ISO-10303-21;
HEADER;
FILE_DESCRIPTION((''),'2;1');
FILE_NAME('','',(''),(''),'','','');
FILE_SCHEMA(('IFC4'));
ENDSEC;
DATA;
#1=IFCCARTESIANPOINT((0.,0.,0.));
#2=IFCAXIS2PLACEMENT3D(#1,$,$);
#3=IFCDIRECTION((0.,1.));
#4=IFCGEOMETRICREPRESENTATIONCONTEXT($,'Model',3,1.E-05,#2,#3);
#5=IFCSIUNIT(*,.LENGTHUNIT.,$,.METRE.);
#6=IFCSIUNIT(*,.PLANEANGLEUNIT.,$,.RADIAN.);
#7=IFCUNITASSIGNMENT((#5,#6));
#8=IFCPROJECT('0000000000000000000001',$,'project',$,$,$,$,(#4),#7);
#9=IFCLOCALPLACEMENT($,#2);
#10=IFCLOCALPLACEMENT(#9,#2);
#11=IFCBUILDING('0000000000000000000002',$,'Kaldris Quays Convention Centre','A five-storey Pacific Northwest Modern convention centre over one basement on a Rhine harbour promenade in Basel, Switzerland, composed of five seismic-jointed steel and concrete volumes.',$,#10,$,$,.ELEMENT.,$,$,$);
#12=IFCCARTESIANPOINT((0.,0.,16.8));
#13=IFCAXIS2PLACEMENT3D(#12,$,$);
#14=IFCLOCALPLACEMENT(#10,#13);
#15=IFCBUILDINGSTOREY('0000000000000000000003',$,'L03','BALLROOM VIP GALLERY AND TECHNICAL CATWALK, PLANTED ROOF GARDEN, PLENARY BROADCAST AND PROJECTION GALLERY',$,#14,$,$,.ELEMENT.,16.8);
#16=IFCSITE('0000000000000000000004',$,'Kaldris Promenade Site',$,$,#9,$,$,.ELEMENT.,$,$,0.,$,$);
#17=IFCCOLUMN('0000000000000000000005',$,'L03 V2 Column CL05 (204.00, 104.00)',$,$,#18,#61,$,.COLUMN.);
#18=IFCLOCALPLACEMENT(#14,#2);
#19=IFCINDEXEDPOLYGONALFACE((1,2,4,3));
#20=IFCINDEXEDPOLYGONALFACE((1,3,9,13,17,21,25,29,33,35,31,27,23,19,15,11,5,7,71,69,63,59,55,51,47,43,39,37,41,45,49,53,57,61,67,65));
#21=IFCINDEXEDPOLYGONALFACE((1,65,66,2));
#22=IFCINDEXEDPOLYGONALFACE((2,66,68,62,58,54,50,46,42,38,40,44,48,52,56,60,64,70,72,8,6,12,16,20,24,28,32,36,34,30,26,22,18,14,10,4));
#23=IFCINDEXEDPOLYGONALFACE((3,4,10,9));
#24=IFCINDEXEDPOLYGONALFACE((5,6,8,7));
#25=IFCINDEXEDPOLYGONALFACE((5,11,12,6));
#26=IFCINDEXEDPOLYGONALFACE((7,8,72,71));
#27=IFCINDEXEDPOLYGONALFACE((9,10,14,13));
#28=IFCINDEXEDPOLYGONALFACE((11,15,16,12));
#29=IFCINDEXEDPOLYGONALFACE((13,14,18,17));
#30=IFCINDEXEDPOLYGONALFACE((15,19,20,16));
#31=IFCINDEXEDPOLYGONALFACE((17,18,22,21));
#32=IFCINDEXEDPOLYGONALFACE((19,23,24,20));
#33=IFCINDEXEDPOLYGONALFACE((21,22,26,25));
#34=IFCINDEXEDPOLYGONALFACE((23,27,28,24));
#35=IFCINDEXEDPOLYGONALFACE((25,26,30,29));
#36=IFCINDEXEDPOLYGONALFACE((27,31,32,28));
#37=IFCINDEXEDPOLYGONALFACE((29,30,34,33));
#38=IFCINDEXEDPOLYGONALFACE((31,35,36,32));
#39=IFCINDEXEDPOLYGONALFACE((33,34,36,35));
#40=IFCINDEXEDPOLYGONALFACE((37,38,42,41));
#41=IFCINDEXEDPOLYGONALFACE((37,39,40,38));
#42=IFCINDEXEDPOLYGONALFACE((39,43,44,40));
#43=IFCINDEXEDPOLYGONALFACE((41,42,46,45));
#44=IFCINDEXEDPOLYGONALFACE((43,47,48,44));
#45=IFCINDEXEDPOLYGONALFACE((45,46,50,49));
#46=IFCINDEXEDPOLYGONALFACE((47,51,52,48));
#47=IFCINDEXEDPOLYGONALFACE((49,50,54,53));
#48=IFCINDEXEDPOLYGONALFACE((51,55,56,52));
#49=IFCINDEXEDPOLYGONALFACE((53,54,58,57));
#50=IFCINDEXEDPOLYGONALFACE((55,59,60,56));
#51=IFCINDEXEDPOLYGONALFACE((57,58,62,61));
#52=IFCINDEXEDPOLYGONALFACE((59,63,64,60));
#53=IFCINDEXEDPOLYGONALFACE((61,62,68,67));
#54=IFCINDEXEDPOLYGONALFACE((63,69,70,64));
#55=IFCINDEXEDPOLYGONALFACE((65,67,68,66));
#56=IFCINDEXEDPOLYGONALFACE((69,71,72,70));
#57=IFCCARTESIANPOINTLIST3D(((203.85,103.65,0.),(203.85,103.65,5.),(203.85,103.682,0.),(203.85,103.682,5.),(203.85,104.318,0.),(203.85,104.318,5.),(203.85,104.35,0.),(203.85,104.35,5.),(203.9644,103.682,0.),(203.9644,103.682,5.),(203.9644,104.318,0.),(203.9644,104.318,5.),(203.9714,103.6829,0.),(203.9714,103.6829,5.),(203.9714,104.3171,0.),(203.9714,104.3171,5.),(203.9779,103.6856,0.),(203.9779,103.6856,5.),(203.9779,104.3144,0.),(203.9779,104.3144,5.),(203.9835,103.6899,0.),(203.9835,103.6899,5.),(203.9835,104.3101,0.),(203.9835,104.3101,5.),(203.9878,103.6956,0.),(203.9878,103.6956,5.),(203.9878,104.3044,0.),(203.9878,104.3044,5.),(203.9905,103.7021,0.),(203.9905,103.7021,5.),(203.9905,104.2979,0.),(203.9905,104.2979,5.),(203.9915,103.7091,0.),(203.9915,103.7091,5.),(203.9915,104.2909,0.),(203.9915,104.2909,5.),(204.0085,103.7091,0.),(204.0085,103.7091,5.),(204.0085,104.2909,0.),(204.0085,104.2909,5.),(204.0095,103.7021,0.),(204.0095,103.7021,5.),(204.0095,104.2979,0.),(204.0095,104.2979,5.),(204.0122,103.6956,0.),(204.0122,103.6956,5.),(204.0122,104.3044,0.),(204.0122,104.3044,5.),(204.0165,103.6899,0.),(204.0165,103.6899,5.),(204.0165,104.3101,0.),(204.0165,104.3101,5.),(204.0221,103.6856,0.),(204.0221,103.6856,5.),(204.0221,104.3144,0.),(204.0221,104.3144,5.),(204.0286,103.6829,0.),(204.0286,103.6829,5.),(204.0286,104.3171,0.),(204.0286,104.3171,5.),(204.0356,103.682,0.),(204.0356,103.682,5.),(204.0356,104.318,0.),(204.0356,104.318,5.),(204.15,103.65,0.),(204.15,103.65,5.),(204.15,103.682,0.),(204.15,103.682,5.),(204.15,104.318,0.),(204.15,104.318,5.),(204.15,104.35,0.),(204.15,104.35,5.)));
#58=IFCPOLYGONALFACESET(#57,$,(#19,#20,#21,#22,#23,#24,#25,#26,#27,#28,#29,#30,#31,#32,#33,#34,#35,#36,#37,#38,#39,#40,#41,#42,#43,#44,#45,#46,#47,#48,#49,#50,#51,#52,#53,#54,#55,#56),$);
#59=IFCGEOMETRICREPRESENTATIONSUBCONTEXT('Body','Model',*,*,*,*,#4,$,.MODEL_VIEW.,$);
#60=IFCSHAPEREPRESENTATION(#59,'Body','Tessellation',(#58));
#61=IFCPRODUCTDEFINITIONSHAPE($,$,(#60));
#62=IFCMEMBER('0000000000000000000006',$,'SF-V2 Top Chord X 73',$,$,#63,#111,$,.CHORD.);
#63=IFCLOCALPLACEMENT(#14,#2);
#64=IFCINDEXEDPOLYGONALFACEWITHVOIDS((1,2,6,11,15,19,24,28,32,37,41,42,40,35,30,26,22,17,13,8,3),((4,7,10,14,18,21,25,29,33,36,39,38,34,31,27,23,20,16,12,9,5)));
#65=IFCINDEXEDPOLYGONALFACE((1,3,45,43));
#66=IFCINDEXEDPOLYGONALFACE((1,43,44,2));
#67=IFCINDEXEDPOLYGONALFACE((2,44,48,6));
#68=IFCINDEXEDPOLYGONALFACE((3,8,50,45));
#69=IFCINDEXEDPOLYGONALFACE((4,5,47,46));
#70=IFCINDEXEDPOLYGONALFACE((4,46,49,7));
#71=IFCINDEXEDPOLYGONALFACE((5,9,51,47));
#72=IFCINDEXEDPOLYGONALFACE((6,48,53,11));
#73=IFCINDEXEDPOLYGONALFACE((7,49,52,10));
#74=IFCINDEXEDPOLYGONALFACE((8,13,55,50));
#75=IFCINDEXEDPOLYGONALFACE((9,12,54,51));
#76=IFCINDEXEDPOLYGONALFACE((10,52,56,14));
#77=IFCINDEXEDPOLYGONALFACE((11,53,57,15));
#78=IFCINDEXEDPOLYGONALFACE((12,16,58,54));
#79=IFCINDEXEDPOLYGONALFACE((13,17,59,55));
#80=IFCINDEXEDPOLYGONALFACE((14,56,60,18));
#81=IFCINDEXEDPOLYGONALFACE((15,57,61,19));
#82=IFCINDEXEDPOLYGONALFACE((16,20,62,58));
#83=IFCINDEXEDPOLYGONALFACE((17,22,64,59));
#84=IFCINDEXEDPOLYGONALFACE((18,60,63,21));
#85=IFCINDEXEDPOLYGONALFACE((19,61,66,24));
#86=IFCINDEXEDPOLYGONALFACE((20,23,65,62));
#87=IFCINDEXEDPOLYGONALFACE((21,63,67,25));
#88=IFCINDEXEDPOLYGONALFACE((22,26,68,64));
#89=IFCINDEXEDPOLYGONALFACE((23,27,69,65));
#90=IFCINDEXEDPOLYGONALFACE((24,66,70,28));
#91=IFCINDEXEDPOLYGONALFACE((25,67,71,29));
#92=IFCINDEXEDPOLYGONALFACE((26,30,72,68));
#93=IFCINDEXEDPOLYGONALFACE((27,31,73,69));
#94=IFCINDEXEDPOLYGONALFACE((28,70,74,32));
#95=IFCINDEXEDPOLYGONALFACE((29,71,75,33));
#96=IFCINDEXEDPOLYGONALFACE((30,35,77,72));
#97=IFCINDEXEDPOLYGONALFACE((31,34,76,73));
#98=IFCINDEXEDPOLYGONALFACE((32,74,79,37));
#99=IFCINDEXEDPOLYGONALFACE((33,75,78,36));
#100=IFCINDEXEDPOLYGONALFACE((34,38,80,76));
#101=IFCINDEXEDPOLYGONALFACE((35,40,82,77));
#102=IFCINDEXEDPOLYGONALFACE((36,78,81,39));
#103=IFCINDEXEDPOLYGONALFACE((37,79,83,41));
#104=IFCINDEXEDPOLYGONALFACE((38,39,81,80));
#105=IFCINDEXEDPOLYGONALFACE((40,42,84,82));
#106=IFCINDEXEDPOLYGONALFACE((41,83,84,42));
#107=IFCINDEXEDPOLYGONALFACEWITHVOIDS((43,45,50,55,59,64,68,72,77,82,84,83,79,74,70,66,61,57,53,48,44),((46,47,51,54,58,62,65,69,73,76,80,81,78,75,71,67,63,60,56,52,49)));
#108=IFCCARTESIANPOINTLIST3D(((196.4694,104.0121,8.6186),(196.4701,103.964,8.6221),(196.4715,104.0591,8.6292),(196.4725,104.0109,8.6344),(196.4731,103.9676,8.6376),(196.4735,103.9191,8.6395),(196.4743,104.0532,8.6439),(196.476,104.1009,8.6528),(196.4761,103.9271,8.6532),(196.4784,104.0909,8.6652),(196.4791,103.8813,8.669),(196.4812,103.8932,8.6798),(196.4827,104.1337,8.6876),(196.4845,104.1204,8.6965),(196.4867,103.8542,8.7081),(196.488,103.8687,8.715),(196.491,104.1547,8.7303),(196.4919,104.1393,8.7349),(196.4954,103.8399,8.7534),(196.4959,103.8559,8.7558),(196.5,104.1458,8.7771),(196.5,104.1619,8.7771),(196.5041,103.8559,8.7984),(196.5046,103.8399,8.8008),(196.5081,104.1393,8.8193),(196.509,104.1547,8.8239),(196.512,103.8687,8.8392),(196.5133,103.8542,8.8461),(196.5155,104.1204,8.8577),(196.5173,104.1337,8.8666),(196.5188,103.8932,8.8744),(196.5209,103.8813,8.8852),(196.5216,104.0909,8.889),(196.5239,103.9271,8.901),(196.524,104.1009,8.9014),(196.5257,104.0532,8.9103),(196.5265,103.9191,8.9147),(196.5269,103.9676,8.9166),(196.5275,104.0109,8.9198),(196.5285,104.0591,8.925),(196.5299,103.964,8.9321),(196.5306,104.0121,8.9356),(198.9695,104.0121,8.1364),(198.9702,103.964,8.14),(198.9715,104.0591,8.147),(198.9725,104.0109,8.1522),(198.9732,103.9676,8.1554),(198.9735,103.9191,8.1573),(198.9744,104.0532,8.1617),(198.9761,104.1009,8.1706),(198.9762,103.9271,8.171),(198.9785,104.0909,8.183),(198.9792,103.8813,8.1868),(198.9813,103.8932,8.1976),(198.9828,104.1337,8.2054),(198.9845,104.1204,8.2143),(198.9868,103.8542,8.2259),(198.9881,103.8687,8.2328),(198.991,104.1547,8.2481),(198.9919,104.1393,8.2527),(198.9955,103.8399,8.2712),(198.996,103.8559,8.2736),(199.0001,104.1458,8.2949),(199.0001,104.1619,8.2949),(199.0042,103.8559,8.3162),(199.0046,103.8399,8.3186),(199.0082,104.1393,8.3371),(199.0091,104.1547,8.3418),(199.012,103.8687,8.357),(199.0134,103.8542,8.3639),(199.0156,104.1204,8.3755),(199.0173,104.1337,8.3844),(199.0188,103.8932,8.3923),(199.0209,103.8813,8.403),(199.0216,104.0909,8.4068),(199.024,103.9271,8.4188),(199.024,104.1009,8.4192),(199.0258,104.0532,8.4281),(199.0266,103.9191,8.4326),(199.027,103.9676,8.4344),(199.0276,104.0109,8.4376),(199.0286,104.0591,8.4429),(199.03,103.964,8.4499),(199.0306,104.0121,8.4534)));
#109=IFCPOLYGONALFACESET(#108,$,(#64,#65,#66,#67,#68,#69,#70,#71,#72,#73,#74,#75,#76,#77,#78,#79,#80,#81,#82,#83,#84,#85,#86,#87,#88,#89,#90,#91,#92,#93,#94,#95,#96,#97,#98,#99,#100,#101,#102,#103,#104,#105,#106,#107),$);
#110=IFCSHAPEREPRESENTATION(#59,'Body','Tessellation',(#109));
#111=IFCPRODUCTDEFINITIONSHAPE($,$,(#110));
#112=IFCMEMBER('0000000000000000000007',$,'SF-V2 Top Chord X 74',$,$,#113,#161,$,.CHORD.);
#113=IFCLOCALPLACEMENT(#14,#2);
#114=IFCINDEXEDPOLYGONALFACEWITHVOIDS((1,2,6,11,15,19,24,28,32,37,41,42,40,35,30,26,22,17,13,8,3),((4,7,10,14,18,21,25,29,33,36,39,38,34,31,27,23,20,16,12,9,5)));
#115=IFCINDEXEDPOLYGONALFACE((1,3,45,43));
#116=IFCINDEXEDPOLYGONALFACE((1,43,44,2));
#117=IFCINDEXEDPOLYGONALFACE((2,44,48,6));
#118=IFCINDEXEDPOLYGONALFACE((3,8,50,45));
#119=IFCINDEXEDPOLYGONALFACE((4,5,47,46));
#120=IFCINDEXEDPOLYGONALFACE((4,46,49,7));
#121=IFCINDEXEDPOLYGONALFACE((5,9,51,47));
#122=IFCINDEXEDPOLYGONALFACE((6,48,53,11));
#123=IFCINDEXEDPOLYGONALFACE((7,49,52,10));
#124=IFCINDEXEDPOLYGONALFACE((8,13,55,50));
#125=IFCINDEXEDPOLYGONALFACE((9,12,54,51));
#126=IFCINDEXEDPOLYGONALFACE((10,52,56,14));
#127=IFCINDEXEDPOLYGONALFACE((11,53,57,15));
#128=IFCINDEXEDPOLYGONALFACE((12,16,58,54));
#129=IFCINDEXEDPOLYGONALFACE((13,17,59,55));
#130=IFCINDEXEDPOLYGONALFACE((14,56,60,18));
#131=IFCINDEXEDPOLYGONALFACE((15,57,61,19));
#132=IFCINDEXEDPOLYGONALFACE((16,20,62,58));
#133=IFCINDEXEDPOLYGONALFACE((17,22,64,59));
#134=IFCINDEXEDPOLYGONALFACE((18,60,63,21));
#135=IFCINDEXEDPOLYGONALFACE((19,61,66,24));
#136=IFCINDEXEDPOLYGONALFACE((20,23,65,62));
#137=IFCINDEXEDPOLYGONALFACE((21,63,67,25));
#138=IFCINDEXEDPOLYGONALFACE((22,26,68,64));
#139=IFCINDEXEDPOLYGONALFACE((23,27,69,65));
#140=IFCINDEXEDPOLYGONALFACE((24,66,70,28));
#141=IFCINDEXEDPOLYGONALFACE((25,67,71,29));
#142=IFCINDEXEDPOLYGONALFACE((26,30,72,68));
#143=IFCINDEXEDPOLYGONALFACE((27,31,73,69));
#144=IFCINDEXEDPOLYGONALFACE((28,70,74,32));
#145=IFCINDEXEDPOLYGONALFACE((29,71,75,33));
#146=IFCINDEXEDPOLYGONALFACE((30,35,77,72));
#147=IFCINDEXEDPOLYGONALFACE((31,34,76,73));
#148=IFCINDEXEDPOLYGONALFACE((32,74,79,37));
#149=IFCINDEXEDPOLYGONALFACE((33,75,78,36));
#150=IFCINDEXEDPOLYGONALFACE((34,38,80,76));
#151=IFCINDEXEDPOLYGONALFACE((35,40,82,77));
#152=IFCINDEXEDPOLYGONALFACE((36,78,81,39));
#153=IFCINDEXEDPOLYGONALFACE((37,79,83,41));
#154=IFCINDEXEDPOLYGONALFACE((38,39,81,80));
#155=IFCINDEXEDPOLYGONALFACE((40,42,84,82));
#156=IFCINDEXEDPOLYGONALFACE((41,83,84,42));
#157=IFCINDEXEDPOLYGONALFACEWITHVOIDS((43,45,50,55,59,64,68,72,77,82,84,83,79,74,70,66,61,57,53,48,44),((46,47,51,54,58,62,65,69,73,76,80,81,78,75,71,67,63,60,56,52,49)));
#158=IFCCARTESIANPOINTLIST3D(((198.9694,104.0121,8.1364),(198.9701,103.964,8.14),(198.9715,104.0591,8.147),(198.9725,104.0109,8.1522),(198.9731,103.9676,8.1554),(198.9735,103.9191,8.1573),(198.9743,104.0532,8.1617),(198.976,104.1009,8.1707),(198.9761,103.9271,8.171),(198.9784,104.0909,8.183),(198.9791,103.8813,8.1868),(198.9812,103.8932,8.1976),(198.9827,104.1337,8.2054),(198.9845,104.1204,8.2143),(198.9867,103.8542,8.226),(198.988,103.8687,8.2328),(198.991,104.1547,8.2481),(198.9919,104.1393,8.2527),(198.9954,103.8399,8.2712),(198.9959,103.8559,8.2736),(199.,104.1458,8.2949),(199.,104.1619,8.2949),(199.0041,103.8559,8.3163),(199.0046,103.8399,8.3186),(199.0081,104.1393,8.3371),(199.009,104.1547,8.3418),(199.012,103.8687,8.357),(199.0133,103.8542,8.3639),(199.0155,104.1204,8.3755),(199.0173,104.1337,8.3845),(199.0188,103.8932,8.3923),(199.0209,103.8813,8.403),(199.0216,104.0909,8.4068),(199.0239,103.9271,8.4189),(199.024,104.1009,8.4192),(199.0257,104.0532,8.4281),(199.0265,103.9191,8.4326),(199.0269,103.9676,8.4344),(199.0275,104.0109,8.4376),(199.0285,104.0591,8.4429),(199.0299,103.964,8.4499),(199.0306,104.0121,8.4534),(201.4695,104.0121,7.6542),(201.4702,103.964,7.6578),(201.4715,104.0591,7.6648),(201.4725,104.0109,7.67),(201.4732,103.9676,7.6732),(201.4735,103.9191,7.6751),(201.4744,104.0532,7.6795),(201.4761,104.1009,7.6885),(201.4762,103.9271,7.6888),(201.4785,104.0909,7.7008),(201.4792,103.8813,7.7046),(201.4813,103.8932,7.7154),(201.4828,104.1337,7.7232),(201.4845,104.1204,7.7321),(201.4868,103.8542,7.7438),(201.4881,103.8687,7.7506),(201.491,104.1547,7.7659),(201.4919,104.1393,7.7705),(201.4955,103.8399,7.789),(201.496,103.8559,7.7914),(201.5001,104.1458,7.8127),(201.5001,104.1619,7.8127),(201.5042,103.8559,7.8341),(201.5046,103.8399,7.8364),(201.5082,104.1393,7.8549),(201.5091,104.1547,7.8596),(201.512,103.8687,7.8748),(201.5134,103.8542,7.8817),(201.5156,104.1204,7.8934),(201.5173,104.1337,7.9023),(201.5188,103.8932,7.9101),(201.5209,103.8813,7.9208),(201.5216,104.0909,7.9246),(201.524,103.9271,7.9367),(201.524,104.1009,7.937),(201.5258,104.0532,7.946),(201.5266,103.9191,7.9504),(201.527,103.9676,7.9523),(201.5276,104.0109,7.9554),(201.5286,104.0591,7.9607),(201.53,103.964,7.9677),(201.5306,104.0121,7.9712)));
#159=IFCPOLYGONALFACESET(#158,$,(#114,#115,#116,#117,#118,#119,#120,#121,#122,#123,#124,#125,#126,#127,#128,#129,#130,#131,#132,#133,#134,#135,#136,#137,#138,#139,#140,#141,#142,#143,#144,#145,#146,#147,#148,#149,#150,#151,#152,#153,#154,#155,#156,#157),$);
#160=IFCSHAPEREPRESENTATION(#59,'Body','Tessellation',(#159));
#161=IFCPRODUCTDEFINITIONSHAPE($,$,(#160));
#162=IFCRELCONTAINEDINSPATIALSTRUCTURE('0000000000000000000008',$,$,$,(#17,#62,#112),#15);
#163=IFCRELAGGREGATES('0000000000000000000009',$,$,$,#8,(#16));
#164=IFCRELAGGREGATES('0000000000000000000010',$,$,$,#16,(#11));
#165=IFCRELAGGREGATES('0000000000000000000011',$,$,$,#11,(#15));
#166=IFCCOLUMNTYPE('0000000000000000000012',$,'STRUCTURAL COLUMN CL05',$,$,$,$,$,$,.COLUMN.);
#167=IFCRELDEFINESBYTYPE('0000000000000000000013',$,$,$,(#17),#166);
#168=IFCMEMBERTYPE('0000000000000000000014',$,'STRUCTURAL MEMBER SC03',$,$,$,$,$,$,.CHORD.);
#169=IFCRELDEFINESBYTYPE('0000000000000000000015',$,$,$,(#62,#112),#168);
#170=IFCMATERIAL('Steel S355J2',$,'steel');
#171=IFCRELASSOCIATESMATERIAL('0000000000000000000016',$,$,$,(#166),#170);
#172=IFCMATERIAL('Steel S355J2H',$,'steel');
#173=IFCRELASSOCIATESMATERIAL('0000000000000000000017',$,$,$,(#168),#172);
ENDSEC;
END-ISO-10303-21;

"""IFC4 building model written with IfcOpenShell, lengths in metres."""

from ifc_helpers import new_model, si_unit, direction, frame, origin, origin_2d, place, context, subcontext, project, spatial, hollow_circle, i_section, extrude, material, material_profile, profile_set, type_object, element, save


model = new_model("IFC4")

# Units and contexts
model_context = context("Model", 3, precision=1e-05, world=origin(), true_north=direction((0.0, 1.0)))
body_context = subcontext(model_context, "Body", "Model", "MODEL_VIEW")
ifc_project = project(units=[si_unit("LENGTHUNIT", "METRE"), si_unit("PLANEANGLEUNIT", "RADIAN")], contexts=[model_context])

# Site, building, storey
site_placement = place(None, origin())
site = spatial("IfcSite", under=ifc_project, at=site_placement, Name="Kaldris Promenade Site", CompositionType="ELEMENT", RefElevation=0.0)
building_placement = place(site_placement, origin())
building = spatial("IfcBuilding", under=site, at=building_placement, Name="Kaldris Quays Convention Centre", Description="A five-storey Pacific Northwest Modern convention centre over one basement on a Rhine harbour promenade in Basel, Switzerland, composed of five seismic-jointed steel and concrete volumes.", CompositionType="ELEMENT")
storey_placement = place(building_placement, frame((0.0, 0.0, 16.8)))
storey = spatial("IfcBuildingStorey", under=building, at=storey_placement, Name="L03", Description="BALLROOM VIP GALLERY AND TECHNICAL CATWALK, PLANTED ROOF GARDEN, PLENARY BROADCAST AND PROJECTION GALLERY", CompositionType="ELEMENT", Elevation=16.8)

# Column
ifc_material_1 = material(Name="Steel S355J2", Category="steel")
ifc_material_profile_1 = material_profile(ifc_material_1, i_section(OverallWidth=0.3, OverallDepth=0.7, WebThickness=0.0171, FlangeThickness=0.032, FilletRadius=0.0271, at=origin_2d()), Name="HEB 700")
ifc_profile_set_1 = profile_set([ifc_material_profile_1], Name="Steel S355J2")
column_type = type_object("IfcColumnType", Name="STRUCTURAL COLUMN CL05", PredefinedType="COLUMN", material=ifc_profile_set_1)
column_placement = place(storey_placement, frame((204.0, 104.0, 0.0), z_axis=(0.0, 0.0, 1.0), x_axis=(1.0, 0.0, 0.0)))
element("IfcColumn", 1, at=column_placement, inside=storey, type_object=column_type, Name="L03 V2 Column CL05 (204.00, 104.00)", PredefinedType="COLUMN", context=body_context, shape_type="SweptSolid", body=[
    extrude(i_section(OverallWidth=0.3, OverallDepth=0.7, WebThickness=0.0171, FlangeThickness=0.032, FilletRadius=0.0271, at=origin_2d()), origin(), (0.0, 0.0, 1.0), 5.0),
])

# Members
ifc_material_2 = material(Name="Steel S355J2H", Category="steel")
ifc_material_profile_2 = material_profile(ifc_material_2, hollow_circle(Radius=0.1619, WallThickness=0.0161, at=origin_2d()), Name="CHS 323.9x16")
ifc_profile_set_2 = profile_set([ifc_material_profile_2], Name="Steel S355J2H")
member_type_1 = type_object("IfcMemberType", Name="STRUCTURAL MEMBER SC03", PredefinedType="CHORD", material=ifc_profile_set_2)
for number, where, z_axis, x_axis, name in (
    (2, (196.5, 104.0, 8.7771), (0.981904, 0.0, -0.189381), (0.0, 1.0, 0.0), "SF-V2 Top Chord X 73"),
    (3, (199.0, 104.0, 8.2949), (0.981904, 0.0, -0.189381), (0.0, 1.0, 0.0), "SF-V2 Top Chord X 74"),
):
    element("IfcMember", number, at=place(storey_placement, frame(where, z_axis=z_axis, x_axis=x_axis)), inside=storey, type_object=member_type_1, Name=name, PredefinedType="CHORD", context=body_context, shape_type="SweptSolid", body=[
        extrude(hollow_circle(Radius=0.1619, WallThickness=0.0161, at=origin_2d()), origin(), (0.0, 0.0, 1.0), 2.5461),
    ])

save(model, "model.ifc")
